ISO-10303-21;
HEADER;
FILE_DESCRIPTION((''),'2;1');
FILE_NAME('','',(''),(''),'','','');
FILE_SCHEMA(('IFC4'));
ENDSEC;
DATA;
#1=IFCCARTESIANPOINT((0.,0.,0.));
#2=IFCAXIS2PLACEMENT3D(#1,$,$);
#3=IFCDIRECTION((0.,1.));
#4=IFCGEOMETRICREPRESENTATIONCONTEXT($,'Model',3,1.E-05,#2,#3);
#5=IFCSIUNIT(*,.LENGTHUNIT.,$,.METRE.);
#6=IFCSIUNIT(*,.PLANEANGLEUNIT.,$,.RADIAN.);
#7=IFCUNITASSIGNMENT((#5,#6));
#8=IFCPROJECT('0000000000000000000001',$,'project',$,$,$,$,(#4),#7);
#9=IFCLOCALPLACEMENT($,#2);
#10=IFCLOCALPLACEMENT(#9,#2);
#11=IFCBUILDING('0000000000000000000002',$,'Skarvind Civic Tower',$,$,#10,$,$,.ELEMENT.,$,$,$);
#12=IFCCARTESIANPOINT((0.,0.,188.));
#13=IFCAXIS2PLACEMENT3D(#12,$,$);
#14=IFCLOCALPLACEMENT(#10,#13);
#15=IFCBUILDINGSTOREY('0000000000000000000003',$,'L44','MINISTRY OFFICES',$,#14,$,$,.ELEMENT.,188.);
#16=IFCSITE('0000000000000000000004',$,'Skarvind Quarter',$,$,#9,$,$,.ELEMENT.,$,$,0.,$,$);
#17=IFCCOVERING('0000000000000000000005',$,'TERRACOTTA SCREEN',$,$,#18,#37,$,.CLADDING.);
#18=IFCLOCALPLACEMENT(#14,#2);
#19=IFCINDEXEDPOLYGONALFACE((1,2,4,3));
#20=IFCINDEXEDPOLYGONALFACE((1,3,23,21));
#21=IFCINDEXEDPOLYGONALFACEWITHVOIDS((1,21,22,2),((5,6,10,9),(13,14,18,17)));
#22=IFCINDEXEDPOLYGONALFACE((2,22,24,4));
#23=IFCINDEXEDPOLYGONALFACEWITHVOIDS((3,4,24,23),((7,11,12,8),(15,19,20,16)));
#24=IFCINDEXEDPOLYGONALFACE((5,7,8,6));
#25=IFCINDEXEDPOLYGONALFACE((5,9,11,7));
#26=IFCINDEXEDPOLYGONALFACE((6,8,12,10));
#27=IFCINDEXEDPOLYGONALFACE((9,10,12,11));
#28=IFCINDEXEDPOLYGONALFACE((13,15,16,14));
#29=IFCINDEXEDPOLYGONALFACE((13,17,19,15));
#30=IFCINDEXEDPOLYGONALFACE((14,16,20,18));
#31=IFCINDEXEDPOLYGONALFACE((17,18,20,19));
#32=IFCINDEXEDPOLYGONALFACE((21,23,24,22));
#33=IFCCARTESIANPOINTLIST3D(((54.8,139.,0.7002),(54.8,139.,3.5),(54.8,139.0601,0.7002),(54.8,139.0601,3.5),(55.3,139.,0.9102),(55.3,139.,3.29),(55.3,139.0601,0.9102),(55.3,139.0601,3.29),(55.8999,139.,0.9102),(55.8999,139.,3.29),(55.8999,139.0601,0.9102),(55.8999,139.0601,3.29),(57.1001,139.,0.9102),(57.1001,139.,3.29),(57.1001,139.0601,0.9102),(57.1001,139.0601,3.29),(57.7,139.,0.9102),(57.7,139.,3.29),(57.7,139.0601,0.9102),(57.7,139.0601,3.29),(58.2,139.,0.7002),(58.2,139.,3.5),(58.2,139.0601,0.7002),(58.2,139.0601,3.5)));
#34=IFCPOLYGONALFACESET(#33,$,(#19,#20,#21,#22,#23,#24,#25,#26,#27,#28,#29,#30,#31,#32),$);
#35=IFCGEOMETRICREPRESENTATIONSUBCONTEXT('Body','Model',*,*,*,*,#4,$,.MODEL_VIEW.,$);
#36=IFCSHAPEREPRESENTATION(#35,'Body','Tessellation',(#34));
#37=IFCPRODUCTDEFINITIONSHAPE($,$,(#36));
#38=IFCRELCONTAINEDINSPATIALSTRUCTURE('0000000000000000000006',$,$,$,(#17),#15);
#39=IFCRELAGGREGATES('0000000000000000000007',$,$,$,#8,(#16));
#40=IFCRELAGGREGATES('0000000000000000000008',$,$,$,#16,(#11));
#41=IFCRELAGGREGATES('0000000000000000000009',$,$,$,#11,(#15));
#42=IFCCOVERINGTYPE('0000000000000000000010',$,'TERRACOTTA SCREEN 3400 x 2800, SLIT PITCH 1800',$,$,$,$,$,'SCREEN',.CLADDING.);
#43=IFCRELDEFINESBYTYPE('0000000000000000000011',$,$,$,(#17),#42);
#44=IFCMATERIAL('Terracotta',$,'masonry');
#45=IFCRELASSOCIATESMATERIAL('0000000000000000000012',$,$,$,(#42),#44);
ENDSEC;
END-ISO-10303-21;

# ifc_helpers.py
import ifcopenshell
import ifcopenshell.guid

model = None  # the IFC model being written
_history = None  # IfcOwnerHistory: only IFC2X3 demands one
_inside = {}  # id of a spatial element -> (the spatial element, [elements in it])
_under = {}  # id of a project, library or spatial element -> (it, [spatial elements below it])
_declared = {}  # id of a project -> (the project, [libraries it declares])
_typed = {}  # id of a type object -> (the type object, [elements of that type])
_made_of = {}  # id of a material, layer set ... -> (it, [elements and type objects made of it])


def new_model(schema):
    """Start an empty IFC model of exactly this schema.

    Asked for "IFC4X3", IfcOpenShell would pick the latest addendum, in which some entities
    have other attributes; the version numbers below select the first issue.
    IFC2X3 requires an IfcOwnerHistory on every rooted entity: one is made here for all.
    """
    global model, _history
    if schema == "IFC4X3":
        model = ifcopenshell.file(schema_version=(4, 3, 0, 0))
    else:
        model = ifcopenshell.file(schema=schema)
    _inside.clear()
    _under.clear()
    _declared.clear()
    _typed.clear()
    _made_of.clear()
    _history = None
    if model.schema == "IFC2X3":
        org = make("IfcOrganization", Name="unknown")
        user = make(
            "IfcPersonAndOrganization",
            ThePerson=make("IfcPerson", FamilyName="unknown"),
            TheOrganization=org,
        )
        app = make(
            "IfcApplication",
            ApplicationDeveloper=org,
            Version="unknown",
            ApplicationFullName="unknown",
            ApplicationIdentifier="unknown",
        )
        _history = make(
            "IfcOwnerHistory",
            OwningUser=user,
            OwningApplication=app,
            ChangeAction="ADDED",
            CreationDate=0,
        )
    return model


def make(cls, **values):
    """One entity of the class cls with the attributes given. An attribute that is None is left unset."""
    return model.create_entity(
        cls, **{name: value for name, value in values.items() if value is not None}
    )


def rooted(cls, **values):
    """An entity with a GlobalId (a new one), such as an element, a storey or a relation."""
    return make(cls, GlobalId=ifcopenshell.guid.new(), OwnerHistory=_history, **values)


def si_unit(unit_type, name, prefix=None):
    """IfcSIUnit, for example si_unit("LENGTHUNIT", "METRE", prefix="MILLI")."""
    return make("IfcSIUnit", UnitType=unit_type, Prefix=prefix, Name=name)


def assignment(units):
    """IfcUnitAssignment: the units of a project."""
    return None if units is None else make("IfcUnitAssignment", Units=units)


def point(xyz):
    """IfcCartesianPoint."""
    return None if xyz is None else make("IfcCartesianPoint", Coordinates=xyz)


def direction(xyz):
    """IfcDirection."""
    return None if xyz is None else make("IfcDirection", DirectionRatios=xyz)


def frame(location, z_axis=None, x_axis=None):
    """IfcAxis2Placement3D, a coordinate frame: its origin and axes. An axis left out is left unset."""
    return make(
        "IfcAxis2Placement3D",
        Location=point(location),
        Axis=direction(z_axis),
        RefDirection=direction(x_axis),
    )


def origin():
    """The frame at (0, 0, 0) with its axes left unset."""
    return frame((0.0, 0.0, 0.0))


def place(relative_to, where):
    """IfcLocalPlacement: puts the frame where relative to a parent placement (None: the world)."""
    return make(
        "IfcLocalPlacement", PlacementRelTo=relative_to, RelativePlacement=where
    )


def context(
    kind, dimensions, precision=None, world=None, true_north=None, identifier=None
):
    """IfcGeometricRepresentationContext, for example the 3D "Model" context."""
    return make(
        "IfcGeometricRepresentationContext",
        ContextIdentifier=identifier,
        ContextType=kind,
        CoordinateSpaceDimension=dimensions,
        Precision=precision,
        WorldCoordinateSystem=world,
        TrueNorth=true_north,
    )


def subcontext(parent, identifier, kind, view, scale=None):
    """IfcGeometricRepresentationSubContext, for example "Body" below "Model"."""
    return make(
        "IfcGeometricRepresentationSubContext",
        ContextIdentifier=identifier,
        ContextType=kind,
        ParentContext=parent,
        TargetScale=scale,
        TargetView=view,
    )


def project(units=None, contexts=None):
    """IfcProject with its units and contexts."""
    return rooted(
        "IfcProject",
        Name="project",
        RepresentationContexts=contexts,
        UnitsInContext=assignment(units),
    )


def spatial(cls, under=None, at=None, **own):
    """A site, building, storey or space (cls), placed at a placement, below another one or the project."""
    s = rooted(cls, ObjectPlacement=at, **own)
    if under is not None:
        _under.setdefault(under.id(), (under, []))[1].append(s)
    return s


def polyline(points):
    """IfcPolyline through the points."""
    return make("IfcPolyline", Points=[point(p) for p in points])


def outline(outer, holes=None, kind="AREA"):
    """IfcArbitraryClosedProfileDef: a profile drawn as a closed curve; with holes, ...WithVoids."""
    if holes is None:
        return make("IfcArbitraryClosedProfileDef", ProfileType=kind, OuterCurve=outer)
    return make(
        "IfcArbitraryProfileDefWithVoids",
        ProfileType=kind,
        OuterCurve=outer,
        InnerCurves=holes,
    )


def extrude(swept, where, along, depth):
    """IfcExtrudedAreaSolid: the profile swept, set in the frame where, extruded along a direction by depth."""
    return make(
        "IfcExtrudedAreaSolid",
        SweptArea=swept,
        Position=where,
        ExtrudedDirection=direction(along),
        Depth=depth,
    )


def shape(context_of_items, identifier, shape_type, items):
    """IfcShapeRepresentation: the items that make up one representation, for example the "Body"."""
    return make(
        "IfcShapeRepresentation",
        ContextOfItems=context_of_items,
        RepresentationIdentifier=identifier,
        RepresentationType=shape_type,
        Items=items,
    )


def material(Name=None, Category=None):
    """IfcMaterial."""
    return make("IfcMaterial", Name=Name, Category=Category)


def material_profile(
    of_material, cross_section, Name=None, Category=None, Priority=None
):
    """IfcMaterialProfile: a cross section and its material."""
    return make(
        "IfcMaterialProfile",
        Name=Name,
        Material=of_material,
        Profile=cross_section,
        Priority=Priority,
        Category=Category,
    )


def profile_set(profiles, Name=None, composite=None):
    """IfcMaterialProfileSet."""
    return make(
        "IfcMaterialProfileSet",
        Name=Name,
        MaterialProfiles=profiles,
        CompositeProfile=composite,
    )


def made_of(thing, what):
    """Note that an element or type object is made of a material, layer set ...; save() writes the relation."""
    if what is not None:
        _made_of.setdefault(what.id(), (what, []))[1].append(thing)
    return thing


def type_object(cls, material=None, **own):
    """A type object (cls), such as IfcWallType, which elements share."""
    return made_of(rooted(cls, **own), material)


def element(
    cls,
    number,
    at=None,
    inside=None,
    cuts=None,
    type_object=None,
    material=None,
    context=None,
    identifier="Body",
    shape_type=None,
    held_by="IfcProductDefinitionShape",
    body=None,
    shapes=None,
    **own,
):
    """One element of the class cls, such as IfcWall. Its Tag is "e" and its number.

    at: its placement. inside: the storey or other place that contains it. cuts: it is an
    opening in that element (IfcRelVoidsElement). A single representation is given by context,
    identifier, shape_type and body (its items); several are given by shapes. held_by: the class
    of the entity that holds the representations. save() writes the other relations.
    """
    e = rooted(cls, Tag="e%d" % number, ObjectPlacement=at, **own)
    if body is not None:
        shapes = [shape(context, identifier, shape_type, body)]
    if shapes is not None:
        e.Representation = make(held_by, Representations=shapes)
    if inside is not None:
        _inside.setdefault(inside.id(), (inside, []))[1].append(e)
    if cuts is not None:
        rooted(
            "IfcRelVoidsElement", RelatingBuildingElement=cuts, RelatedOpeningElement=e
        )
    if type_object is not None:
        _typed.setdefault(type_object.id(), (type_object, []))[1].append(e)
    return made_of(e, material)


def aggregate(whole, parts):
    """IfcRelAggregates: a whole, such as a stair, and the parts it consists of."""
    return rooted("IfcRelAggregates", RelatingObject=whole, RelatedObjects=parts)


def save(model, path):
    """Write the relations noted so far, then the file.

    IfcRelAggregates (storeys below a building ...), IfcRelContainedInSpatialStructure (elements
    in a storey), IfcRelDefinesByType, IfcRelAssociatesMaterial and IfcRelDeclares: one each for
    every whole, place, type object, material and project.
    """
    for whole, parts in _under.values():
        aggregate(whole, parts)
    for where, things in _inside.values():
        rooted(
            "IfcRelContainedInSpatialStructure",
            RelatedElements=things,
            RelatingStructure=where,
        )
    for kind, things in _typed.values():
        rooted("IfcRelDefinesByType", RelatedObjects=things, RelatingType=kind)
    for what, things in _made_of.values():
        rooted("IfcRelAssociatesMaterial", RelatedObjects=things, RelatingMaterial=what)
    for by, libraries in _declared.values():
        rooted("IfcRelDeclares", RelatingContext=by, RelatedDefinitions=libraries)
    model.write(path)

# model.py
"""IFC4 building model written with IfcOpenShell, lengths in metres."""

from ifc_helpers import new_model, si_unit, direction, frame, origin, place, context, subcontext, project, spatial, polyline, outline, extrude, material, material_profile, profile_set, type_object, element, save


model = new_model("IFC4")

# Units and contexts
model_context = context("Model", 3, precision=1e-05, world=origin(), true_north=direction((0.0, 1.0)))
body_context = subcontext(model_context, "Body", "Model", "MODEL_VIEW")
ifc_project = project(units=[si_unit("LENGTHUNIT", "METRE"), si_unit("PLANEANGLEUNIT", "RADIAN")], contexts=[model_context])

# Site, building, storey
site_placement = place(None, origin())
site = spatial("IfcSite", under=ifc_project, at=site_placement, Name="Skarvind Quarter", CompositionType="ELEMENT", RefElevation=0.0)
building_placement = place(site_placement, origin())
building = spatial("IfcBuilding", under=site, at=building_placement, Name="Skarvind Civic Tower", CompositionType="ELEMENT")
storey_placement = place(building_placement, frame((0.0, 0.0, 188.0)))
storey = spatial("IfcBuildingStorey", under=building, at=storey_placement, Name="L44", Description="MINISTRY OFFICES", CompositionType="ELEMENT", Elevation=188.0)

# Covering
ifc_material_1 = material(Name="Terracotta", Category="masonry")
ifc_material_profile_1 = material_profile(ifc_material_1, outline(polyline([(-1.7, -1.3999), (1.7, -1.3999), (1.7, 1.3999), (-1.7, 1.3999), (-1.7, -1.3999)]), holes=[polyline([(-1.2, -1.1899), (-0.6001, -1.1899), (-0.6001, 1.1899), (-1.2, 1.1899), (-1.2, -1.1899)]), polyline([(0.6001, -1.1899), (1.2, -1.1899), (1.2, 1.1899), (0.6001, 1.1899), (0.6001, -1.1899)])]), Name="TERRACOTTA SCREEN 3400 x 2800, SLIT PITCH 1800")
ifc_profile_set_1 = profile_set([ifc_material_profile_1], Name="Terracotta")
covering_type = type_object("IfcCoveringType", Name="TERRACOTTA SCREEN 3400 x 2800, SLIT PITCH 1800", ElementType="SCREEN", PredefinedType="CLADDING", material=ifc_profile_set_1)
covering_placement = place(storey_placement, frame((56.5, 139.0, 2.1001), z_axis=(0.0, 1.0, 0.0), x_axis=(-1.0, 0.0, 0.0)))
element("IfcCovering", 1, at=covering_placement, inside=storey, type_object=covering_type, Name="TERRACOTTA SCREEN", PredefinedType="CLADDING", context=body_context, shape_type="SweptSolid", body=[
    extrude(outline(polyline([(-1.7, -1.3999), (1.7, -1.3999), (1.7, 1.3999), (-1.7, 1.3999), (-1.7, -1.3999)]), holes=[polyline([(-1.2, -1.1899), (-0.6001, -1.1899), (-0.6001, 1.1899), (-1.2, 1.1899), (-1.2, -1.1899)]), polyline([(0.6001, -1.1899), (1.2, -1.1899), (1.2, 1.1899), (0.6001, 1.1899), (0.6001, -1.1899)])]), origin(), (0.0, 0.0, 1.0), 0.0601),
])

save(model, "model.ifc")
